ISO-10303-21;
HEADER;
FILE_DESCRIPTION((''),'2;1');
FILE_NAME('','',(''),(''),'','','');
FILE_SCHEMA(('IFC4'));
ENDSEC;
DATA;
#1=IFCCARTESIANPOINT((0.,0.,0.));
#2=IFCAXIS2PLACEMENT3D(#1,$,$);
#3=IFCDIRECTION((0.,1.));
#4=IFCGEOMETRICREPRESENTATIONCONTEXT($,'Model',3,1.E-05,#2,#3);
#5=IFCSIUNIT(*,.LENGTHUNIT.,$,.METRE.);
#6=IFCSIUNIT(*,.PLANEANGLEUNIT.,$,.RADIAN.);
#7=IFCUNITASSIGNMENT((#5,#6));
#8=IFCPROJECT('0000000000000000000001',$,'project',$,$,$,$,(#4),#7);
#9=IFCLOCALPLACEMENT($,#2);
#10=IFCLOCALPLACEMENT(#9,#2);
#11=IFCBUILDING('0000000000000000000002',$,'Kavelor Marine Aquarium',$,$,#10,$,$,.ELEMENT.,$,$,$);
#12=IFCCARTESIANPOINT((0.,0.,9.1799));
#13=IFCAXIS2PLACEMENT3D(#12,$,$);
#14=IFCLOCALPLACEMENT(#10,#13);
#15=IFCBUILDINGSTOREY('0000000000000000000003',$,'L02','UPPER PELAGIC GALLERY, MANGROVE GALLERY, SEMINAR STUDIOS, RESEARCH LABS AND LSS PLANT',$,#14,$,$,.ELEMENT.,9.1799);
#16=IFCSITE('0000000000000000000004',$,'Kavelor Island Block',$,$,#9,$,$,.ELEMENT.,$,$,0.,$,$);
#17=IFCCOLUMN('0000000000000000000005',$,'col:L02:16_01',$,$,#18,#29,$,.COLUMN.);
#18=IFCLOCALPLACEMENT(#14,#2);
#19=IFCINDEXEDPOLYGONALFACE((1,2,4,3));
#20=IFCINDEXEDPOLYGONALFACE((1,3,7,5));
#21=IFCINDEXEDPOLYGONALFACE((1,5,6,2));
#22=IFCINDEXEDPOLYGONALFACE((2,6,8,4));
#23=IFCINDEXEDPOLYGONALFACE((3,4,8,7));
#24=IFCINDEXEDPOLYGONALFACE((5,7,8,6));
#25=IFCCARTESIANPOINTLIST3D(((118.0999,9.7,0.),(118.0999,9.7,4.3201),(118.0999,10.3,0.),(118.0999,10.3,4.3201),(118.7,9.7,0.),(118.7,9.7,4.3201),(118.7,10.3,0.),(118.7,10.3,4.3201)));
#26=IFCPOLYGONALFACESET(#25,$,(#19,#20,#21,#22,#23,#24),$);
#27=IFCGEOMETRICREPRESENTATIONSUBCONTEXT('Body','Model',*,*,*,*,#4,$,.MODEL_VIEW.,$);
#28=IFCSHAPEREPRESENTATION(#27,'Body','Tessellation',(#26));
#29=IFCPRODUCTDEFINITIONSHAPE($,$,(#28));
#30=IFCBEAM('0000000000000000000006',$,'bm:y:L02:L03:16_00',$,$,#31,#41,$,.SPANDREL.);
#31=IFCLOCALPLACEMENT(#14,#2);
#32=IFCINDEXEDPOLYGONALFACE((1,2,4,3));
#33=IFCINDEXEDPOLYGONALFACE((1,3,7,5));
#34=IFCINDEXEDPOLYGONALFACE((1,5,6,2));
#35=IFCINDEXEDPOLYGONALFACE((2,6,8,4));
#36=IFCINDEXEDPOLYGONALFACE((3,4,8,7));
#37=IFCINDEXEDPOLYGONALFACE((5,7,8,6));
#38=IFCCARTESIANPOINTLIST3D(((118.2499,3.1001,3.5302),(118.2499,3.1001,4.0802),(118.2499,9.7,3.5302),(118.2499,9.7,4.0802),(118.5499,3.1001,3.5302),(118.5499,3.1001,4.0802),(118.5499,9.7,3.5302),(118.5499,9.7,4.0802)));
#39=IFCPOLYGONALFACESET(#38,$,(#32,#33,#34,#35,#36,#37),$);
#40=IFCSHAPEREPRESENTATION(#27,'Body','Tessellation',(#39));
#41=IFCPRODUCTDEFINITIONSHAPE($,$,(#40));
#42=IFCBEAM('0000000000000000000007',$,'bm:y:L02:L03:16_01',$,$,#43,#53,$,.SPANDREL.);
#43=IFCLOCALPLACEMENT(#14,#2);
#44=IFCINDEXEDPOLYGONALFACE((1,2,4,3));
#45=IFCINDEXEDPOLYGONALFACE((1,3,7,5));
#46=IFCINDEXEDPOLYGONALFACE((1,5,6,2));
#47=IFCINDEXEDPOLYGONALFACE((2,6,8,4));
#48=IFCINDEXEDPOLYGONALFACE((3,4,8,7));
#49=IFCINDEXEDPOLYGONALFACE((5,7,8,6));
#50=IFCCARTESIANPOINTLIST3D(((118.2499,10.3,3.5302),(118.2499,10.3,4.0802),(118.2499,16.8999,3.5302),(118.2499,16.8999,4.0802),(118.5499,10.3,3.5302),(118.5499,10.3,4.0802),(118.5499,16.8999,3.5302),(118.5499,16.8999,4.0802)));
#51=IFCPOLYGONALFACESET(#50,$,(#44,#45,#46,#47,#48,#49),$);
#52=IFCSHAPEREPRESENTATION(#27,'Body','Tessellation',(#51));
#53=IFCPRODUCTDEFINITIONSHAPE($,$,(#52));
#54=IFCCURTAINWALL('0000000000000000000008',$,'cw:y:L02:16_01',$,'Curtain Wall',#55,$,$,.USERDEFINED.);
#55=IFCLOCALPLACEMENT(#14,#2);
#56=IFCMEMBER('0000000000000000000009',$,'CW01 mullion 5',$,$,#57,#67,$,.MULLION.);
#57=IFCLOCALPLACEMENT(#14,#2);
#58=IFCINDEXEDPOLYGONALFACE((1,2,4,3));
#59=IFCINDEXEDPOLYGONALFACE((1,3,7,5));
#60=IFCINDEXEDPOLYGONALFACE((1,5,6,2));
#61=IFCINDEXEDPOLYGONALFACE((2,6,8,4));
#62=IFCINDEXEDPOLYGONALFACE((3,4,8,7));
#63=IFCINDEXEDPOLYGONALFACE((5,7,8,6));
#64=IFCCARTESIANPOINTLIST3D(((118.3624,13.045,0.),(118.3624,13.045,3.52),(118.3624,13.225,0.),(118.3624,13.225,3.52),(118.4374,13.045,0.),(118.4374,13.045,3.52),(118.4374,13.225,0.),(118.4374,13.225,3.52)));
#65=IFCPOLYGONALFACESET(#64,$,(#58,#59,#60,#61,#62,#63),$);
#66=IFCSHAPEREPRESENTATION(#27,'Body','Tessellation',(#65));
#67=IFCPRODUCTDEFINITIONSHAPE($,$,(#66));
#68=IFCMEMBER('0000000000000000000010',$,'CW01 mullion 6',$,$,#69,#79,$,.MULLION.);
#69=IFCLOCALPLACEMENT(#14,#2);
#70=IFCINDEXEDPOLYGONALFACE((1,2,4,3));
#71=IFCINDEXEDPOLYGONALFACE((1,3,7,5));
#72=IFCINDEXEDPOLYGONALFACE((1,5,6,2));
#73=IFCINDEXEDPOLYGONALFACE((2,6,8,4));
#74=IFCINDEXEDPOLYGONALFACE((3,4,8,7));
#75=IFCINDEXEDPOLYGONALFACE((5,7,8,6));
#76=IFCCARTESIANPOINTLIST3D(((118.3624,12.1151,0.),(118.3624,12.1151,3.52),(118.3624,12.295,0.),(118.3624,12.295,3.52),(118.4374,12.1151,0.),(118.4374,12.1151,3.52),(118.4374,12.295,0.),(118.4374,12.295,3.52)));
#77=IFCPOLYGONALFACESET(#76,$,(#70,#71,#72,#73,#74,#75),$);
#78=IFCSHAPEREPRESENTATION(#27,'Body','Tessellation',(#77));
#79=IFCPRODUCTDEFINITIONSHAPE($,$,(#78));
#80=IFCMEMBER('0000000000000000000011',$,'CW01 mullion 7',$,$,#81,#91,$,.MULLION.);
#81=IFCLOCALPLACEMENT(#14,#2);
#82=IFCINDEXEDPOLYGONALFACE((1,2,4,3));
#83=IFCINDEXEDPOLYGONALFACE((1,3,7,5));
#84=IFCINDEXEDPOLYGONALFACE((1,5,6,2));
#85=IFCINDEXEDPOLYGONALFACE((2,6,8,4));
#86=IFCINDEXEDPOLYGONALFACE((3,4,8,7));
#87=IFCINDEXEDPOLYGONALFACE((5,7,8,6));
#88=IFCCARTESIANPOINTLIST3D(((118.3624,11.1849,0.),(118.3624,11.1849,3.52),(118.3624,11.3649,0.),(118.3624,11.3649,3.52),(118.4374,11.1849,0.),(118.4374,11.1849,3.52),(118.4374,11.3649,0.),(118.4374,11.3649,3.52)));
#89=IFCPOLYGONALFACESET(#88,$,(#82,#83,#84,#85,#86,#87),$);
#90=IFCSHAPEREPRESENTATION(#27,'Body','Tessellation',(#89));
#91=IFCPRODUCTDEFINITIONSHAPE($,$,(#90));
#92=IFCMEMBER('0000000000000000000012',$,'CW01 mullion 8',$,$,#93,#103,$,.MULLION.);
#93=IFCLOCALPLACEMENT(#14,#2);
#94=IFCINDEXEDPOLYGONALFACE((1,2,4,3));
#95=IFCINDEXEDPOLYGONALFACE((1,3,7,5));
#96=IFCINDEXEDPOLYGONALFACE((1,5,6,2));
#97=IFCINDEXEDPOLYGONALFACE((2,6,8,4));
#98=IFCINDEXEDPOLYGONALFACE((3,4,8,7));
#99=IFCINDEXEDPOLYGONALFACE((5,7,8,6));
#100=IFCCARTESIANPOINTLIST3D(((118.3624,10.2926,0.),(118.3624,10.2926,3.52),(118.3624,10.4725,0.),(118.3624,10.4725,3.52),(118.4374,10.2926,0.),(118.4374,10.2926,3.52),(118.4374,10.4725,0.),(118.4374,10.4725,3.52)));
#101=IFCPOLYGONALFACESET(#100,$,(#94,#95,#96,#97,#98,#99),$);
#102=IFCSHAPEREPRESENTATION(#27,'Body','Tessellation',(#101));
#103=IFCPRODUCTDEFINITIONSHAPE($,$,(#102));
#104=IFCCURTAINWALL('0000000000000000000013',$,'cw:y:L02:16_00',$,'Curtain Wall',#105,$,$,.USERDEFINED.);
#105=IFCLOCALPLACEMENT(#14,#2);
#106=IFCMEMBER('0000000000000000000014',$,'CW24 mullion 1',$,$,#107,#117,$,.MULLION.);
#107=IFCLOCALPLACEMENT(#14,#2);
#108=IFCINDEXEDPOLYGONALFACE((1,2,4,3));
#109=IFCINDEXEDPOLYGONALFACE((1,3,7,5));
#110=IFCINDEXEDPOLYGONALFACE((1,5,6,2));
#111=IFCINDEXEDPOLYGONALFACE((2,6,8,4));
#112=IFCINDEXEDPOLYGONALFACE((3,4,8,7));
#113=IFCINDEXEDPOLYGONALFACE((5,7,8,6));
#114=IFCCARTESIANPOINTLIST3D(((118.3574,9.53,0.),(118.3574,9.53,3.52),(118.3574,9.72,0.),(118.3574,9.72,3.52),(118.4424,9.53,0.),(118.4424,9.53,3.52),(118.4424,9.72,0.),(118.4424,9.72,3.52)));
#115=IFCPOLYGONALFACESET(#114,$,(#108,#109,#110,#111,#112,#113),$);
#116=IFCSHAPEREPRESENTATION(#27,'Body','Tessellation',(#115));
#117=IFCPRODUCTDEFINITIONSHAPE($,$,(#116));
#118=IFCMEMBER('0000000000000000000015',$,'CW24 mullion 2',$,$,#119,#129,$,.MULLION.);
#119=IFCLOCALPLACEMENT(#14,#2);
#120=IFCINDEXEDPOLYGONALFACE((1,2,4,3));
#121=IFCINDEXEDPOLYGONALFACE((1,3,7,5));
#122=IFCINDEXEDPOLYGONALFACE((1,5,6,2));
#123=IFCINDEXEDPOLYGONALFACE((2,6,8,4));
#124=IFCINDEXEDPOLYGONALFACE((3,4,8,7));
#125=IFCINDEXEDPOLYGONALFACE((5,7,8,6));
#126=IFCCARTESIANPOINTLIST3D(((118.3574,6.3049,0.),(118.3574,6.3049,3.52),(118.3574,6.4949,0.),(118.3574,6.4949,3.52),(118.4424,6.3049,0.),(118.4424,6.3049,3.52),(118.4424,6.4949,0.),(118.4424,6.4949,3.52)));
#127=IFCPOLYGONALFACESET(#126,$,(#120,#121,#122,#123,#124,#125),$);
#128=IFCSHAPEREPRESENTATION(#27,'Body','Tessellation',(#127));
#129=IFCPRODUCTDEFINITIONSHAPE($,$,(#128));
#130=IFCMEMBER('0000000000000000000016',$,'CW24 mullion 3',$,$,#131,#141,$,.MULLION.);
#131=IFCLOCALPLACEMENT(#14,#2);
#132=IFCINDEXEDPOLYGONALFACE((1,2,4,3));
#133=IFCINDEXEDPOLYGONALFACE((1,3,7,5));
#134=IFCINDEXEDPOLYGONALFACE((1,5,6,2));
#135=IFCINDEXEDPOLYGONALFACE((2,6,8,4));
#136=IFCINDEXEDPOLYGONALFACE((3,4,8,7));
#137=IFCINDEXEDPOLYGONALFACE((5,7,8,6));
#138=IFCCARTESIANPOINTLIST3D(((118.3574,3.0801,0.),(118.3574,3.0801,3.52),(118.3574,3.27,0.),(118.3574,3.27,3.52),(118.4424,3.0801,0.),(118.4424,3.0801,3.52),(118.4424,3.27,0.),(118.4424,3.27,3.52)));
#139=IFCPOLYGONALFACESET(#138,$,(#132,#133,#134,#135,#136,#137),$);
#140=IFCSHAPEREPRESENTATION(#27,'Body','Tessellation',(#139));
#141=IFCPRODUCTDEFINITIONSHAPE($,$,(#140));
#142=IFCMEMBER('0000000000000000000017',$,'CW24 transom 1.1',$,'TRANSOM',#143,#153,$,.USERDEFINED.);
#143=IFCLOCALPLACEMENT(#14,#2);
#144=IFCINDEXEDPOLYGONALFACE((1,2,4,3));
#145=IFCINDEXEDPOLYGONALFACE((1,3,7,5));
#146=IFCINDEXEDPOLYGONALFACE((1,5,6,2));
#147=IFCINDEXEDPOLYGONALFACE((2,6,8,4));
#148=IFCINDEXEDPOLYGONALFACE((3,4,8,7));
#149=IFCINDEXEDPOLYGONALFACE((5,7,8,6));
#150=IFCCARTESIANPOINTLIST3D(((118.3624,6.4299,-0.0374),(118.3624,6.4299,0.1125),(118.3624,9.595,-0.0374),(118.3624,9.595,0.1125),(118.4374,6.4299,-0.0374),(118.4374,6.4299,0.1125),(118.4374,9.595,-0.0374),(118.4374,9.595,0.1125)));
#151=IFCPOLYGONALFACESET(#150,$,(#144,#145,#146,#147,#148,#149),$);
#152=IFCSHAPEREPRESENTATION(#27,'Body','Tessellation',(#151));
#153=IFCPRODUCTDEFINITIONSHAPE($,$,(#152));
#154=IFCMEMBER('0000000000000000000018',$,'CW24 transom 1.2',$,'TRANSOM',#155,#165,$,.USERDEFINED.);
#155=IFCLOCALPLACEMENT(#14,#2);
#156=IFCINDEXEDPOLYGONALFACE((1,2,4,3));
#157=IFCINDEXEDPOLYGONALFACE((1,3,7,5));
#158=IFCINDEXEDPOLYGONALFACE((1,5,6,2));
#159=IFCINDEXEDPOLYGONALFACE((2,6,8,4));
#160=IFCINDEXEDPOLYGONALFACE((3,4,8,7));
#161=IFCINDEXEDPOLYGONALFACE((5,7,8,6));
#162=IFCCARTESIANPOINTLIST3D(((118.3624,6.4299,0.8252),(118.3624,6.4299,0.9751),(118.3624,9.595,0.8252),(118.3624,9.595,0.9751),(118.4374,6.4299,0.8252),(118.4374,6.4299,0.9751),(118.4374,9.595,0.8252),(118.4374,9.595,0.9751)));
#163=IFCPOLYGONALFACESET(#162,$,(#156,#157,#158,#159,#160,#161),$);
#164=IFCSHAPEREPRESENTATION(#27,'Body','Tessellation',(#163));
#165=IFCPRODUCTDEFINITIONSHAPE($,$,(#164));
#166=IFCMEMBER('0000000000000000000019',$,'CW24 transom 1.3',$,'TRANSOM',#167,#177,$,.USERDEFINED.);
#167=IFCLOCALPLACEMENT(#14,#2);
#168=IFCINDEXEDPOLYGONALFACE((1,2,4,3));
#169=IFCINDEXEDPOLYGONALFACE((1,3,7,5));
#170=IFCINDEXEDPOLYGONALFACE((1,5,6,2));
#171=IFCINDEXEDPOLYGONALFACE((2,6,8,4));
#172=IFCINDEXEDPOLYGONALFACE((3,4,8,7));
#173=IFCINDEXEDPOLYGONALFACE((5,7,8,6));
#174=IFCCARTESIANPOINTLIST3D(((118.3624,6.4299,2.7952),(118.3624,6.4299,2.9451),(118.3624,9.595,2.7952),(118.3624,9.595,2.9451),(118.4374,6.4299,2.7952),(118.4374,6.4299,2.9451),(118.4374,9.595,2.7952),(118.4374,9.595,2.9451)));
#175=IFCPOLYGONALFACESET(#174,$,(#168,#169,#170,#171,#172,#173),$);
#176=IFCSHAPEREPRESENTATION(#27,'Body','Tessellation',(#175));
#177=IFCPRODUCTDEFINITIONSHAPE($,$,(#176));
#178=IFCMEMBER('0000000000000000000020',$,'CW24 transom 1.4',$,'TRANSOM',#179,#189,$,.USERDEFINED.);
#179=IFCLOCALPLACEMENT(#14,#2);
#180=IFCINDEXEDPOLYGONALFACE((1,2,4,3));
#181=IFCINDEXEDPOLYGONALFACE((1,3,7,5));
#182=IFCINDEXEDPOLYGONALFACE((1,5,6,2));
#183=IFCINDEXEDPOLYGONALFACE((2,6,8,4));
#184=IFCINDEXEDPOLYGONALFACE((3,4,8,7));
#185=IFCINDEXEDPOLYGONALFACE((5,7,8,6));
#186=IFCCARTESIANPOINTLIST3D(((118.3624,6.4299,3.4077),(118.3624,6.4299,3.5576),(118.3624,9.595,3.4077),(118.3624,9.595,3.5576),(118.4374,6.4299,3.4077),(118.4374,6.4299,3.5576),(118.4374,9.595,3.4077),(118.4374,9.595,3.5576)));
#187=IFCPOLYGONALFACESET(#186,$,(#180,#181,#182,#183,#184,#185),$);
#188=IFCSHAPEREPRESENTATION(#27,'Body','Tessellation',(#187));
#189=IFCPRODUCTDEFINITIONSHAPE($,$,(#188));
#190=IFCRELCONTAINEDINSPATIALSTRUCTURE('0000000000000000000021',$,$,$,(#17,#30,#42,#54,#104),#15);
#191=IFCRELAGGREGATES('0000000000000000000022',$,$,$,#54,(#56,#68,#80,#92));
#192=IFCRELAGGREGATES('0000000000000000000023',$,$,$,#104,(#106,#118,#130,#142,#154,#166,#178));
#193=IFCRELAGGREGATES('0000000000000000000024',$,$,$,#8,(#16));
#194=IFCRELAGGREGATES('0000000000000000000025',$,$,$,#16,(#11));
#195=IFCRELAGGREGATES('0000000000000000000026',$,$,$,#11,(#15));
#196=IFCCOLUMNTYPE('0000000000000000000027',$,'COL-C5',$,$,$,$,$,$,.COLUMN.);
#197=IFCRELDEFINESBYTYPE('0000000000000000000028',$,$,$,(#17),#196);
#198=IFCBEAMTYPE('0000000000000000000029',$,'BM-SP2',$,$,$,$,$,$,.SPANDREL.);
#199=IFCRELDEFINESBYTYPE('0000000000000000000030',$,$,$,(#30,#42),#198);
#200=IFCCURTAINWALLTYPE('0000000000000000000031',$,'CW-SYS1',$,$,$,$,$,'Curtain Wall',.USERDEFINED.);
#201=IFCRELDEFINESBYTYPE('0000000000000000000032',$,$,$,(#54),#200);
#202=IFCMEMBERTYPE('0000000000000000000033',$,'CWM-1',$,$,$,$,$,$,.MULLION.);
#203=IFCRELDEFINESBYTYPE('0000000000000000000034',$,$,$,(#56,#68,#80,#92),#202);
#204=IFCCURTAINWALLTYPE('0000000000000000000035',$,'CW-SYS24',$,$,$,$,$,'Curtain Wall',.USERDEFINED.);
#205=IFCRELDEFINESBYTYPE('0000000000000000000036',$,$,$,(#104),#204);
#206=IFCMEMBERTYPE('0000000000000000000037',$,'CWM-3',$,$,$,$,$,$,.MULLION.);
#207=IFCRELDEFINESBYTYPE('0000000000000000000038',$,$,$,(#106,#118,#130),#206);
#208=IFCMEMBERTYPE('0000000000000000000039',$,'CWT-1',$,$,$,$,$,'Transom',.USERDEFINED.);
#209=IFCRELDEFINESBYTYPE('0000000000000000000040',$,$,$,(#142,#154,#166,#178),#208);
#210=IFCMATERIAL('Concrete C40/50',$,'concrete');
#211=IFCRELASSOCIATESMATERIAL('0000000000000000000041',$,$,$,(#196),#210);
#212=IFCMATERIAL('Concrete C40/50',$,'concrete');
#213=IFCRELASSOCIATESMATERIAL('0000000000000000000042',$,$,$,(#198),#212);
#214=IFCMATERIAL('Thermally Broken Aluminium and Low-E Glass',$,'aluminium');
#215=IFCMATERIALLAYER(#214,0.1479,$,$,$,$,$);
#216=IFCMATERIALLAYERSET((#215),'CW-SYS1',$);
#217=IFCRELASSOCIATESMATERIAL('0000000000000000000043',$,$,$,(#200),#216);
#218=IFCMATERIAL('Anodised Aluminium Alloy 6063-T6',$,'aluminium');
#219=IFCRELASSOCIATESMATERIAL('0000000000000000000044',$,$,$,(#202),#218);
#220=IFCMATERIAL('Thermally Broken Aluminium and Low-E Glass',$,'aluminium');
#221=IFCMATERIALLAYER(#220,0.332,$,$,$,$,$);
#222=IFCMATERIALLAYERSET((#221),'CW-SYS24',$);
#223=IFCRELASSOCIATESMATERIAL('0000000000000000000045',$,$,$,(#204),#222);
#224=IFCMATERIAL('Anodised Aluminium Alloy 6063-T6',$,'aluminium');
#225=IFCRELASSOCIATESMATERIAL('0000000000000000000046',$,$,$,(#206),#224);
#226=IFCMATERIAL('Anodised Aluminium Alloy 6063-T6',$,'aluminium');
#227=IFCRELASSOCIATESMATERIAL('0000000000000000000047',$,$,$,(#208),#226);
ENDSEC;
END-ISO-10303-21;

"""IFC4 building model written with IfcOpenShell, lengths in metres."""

from ifc_helpers import new_model, si_unit, direction, frame, origin, origin_2d, place, context, subcontext, project, spatial, rectangle, extrude, material, layer, layer_set, material_profile, profile_set, type_object, element, aggregate, save


model = new_model("IFC4")

# Units and contexts
model_context = context("Model", 3, precision=1e-05, world=origin(), true_north=direction((0.0, 1.0)))
body_context = subcontext(model_context, "Body", "Model", "MODEL_VIEW")
ifc_project = project(units=[si_unit("LENGTHUNIT", "METRE"), si_unit("PLANEANGLEUNIT", "RADIAN")], contexts=[model_context])

# Site, building, storey
site_placement = place(None, origin())
site = spatial("IfcSite", under=ifc_project, at=site_placement, Name="Kavelor Island Block", CompositionType="ELEMENT", RefElevation=0.0)
building_placement = place(site_placement, origin())
building = spatial("IfcBuilding", under=site, at=building_placement, Name="Kavelor Marine Aquarium", CompositionType="ELEMENT")
storey_placement = place(building_placement, frame((0.0, 0.0, 9.1799)))
storey = spatial("IfcBuildingStorey", under=building, at=storey_placement, Name="L02", Description="UPPER PELAGIC GALLERY, MANGROVE GALLERY, SEMINAR STUDIOS, RESEARCH LABS AND LSS PLANT", CompositionType="ELEMENT", Elevation=9.1799)

# Column
ifc_material_1 = material(Name="Concrete C40/50", Category="concrete")
ifc_material_profile_1 = material_profile(ifc_material_1, rectangle(XDim=0.6001, YDim=0.6001, at=origin_2d()), Name="RC-COL 600x600")
ifc_profile_set_1 = profile_set([ifc_material_profile_1], Name="Concrete C40/50")
column_type = type_object("IfcColumnType", Name="COL-C5", PredefinedType="COLUMN", material=ifc_profile_set_1)
column_placement = place(storey_placement, frame((118.3999, 10.0, 0.0), z_axis=(0.0, 0.0, 1.0), x_axis=(1.0, 0.0, 0.0)))
element("IfcColumn", 1, at=column_placement, inside=storey, type_object=column_type, Name="col:L02:16_01", PredefinedType="COLUMN", context=body_context, shape_type="SweptSolid", body=[
    extrude(rectangle(XDim=0.6001, YDim=0.6001, at=origin_2d()), origin(), (0.0, 0.0, 1.0), 4.3201),
])

# Beams
ifc_material_2 = material(Name="Concrete C40/50", Category="concrete")
ifc_material_profile_2 = material_profile(ifc_material_2, rectangle(XDim=0.3, YDim=0.55, at=origin_2d()), Name="RC-SP 300x550")
ifc_profile_set_2 = profile_set([ifc_material_profile_2], Name="Concrete C40/50")
beam_type = type_object("IfcBeamType", Name="BM-SP2", PredefinedType="SPANDREL", material=ifc_profile_set_2)
for number, where, z_axis, x_axis, name in (
    (2, (118.3999, 3.1001, 3.8052), (0.0, 1.0, 0.0), (-1.0, 0.0, 0.0), "bm:y:L02:L03:16_00"),
    (3, (118.3999, 10.3, 3.8052), (0.0, 1.0, 0.0), (-1.0, 0.0, 0.0), "bm:y:L02:L03:16_01"),
):
    element("IfcBeam", number, at=place(storey_placement, frame(where, z_axis=z_axis, x_axis=x_axis)), inside=storey, type_object=beam_type, Name=name, PredefinedType="SPANDREL", context=body_context, shape_type="SweptSolid", body=[
        extrude(rectangle(XDim=0.3, YDim=0.55, at=origin_2d()), origin(), (0.0, 0.0, 1.0), 6.5999),
    ])

# Curtain walls, members
ifc_material_3 = material(Name="Thermally Broken Aluminium and Low-E Glass", Category="aluminium")
ifc_layer_1 = layer(ifc_material_3, 0.1479)
ifc_layer_set_1 = layer_set([ifc_layer_1], Name="CW-SYS1")
curtain_wall_type_1 = type_object("IfcCurtainWallType", Name="CW-SYS1", ElementType="Curtain Wall", PredefinedType="USERDEFINED", material=ifc_layer_set_1)
curtain_wall_1_placement = place(storey_placement, origin())
curtain_wall_1 = element("IfcCurtainWall", 4, at=curtain_wall_1_placement, inside=storey, type_object=curtain_wall_type_1, Name="cw:y:L02:16_01", ObjectType="Curtain Wall", PredefinedType="USERDEFINED")
ifc_material_4 = material(Name="Anodised Aluminium Alloy 6063-T6", Category="aluminium")
ifc_material_profile_3 = material_profile(ifc_material_4, rectangle(XDim=0.075, YDim=0.1799, at=origin_2d()), Name="CW-MUL 75x180")
ifc_profile_set_3 = profile_set([ifc_material_profile_3], Name="Anodised Aluminium Alloy 6063-T6")
member_type_1 = type_object("IfcMemberType", Name="CWM-1", PredefinedType="MULLION", material=ifc_profile_set_3)
member_1_placement = place(storey_placement, frame((118.3999, 13.135, 0.0), z_axis=(0.0, 0.0, 1.0), x_axis=(1.0, 0.0, 0.0)))
member_1 = element("IfcMember", 5, at=member_1_placement, type_object=member_type_1, Name="CW01 mullion 5", PredefinedType="MULLION", context=body_context, shape_type="SweptSolid", body=[
    extrude(rectangle(XDim=0.075, YDim=0.1799, at=origin_2d()), origin(), (0.0, 0.0, 1.0), 3.52),
])
member_2_placement = place(storey_placement, frame((118.3999, 12.2051, 0.0), z_axis=(0.0, 0.0, 1.0), x_axis=(1.0, 0.0, 0.0)))
member_2 = element("IfcMember", 6, at=member_2_placement, type_object=member_type_1, Name="CW01 mullion 6", PredefinedType="MULLION", context=body_context, shape_type="SweptSolid", body=[
    extrude(rectangle(XDim=0.075, YDim=0.1799, at=origin_2d()), origin(), (0.0, 0.0, 1.0), 3.52),
])
member_3_placement = place(storey_placement, frame((118.3999, 11.2749, 0.0), z_axis=(0.0, 0.0, 1.0), x_axis=(1.0, 0.0, 0.0)))
member_3 = element("IfcMember", 7, at=member_3_placement, type_object=member_type_1, Name="CW01 mullion 7", PredefinedType="MULLION", context=body_context, shape_type="SweptSolid", body=[
    extrude(rectangle(XDim=0.075, YDim=0.1799, at=origin_2d()), origin(), (0.0, 0.0, 1.0), 3.52),
])
member_4_placement = place(storey_placement, frame((118.3999, 10.3826, 0.0), z_axis=(0.0, 0.0, 1.0), x_axis=(1.0, 0.0, 0.0)))
member_4 = element("IfcMember", 8, at=member_4_placement, type_object=member_type_1, Name="CW01 mullion 8", PredefinedType="MULLION", context=body_context, shape_type="SweptSolid", body=[
    extrude(rectangle(XDim=0.075, YDim=0.1799, at=origin_2d()), origin(), (0.0, 0.0, 1.0), 3.52),
])
ifc_material_5 = material(Name="Thermally Broken Aluminium and Low-E Glass", Category="aluminium")
ifc_layer_2 = layer(ifc_material_5, 0.332)
ifc_layer_set_2 = layer_set([ifc_layer_2], Name="CW-SYS24")
curtain_wall_type_2 = type_object("IfcCurtainWallType", Name="CW-SYS24", ElementType="Curtain Wall", PredefinedType="USERDEFINED", material=ifc_layer_set_2)
curtain_wall_2_placement = place(storey_placement, origin())
curtain_wall_2 = element("IfcCurtainWall", 9, at=curtain_wall_2_placement, inside=storey, type_object=curtain_wall_type_2, Name="cw:y:L02:16_00", ObjectType="Curtain Wall", PredefinedType="USERDEFINED")
ifc_material_6 = material(Name="Anodised Aluminium Alloy 6063-T6", Category="aluminium")
ifc_material_profile_4 = material_profile(ifc_material_6, rectangle(XDim=0.085, YDim=0.1899, at=origin_2d()), Name="CW-MUL 85x190")
ifc_profile_set_4 = profile_set([ifc_material_profile_4], Name="Anodised Aluminium Alloy 6063-T6")
member_type_2 = type_object("IfcMemberType", Name="CWM-3", PredefinedType="MULLION", material=ifc_profile_set_4)
member_5_placement = place(storey_placement, frame((118.3999, 9.625, 0.0), z_axis=(0.0, 0.0, 1.0), x_axis=(1.0, 0.0, 0.0)))
member_5 = element("IfcMember", 10, at=member_5_placement, type_object=member_type_2, Name="CW24 mullion 1", PredefinedType="MULLION", context=body_context, shape_type="SweptSolid", body=[
    extrude(rectangle(XDim=0.085, YDim=0.1899, at=origin_2d()), origin(), (0.0, 0.0, 1.0), 3.52),
])
member_6_placement = place(storey_placement, frame((118.3999, 6.3999, 0.0), z_axis=(0.0, 0.0, 1.0), x_axis=(1.0, 0.0, 0.0)))
member_6 = element("IfcMember", 11, at=member_6_placement, type_object=member_type_2, Name="CW24 mullion 2", PredefinedType="MULLION", context=body_context, shape_type="SweptSolid", body=[
    extrude(rectangle(XDim=0.085, YDim=0.1899, at=origin_2d()), origin(), (0.0, 0.0, 1.0), 3.52),
])
member_7_placement = place(storey_placement, frame((118.3999, 3.175, 0.0), z_axis=(0.0, 0.0, 1.0), x_axis=(1.0, 0.0, 0.0)))
member_7 = element("IfcMember", 12, at=member_7_placement, type_object=member_type_2, Name="CW24 mullion 3", PredefinedType="MULLION", context=body_context, shape_type="SweptSolid", body=[
    extrude(rectangle(XDim=0.085, YDim=0.1899, at=origin_2d()), origin(), (0.0, 0.0, 1.0), 3.52),
])
ifc_material_7 = material(Name="Anodised Aluminium Alloy 6063-T6", Category="aluminium")
ifc_material_profile_5 = material_profile(ifc_material_7, rectangle(XDim=0.075, YDim=0.1499, at=origin_2d()), Name="CW-TRN 75x150")
ifc_profile_set_5 = profile_set([ifc_material_profile_5], Name="Anodised Aluminium Alloy 6063-T6")
member_type_3 = type_object("IfcMemberType", Name="CWT-1", ElementType="Transom", PredefinedType="USERDEFINED", material=ifc_profile_set_5)
member_8_placement = place(storey_placement, frame((118.3999, 9.595, 0.0376), z_axis=(0.0, -1.0, 0.0), x_axis=(1.0, 0.0, 0.0)))
member_8 = element("IfcMember", 13, at=member_8_placement, type_object=member_type_3, Name="CW24 transom 1.1", ObjectType="TRANSOM", PredefinedType="USERDEFINED", context=body_context, shape_type="SweptSolid", body=[
    extrude(rectangle(XDim=0.075, YDim=0.1499, at=origin_2d()), origin(), (0.0, 0.0, 1.0), 3.165),
])
member_9_placement = place(storey_placement, frame((118.3999, 9.595, 0.9001), z_axis=(0.0, -1.0, 0.0), x_axis=(1.0, 0.0, 0.0)))
member_9 = element("IfcMember", 14, at=member_9_placement, type_object=member_type_3, Name="CW24 transom 1.2", ObjectType="TRANSOM", PredefinedType="USERDEFINED", context=body_context, shape_type="SweptSolid", body=[
    extrude(rectangle(XDim=0.075, YDim=0.1499, at=origin_2d()), origin(), (0.0, 0.0, 1.0), 3.165),
])
member_10_placement = place(storey_placement, frame((118.3999, 9.595, 2.8701), z_axis=(0.0, -1.0, 0.0), x_axis=(1.0, 0.0, 0.0)))
member_10 = element("IfcMember", 15, at=member_10_placement, type_object=member_type_3, Name="CW24 transom 1.3", ObjectType="TRANSOM", PredefinedType="USERDEFINED", context=body_context, shape_type="SweptSolid", body=[
    extrude(rectangle(XDim=0.075, YDim=0.1499, at=origin_2d()), origin(), (0.0, 0.0, 1.0), 3.165),
])
member_11_placement = place(storey_placement, frame((118.3999, 9.595, 3.4827), z_axis=(0.0, -1.0, 0.0), x_axis=(1.0, 0.0, 0.0)))
member_11 = element("IfcMember", 16, at=member_11_placement, type_object=member_type_3, Name="CW24 transom 1.4", ObjectType="TRANSOM", PredefinedType="USERDEFINED", context=body_context, shape_type="SweptSolid", body=[
    extrude(rectangle(XDim=0.075, YDim=0.1499, at=origin_2d()), origin(), (0.0, 0.0, 1.0), 3.165),
])

aggregate(curtain_wall_1, [member_1, member_2, member_3, member_4])

aggregate(curtain_wall_2, [member_5, member_6, member_7, member_8, member_9, member_10, member_11])

save(model, "model.ifc")
